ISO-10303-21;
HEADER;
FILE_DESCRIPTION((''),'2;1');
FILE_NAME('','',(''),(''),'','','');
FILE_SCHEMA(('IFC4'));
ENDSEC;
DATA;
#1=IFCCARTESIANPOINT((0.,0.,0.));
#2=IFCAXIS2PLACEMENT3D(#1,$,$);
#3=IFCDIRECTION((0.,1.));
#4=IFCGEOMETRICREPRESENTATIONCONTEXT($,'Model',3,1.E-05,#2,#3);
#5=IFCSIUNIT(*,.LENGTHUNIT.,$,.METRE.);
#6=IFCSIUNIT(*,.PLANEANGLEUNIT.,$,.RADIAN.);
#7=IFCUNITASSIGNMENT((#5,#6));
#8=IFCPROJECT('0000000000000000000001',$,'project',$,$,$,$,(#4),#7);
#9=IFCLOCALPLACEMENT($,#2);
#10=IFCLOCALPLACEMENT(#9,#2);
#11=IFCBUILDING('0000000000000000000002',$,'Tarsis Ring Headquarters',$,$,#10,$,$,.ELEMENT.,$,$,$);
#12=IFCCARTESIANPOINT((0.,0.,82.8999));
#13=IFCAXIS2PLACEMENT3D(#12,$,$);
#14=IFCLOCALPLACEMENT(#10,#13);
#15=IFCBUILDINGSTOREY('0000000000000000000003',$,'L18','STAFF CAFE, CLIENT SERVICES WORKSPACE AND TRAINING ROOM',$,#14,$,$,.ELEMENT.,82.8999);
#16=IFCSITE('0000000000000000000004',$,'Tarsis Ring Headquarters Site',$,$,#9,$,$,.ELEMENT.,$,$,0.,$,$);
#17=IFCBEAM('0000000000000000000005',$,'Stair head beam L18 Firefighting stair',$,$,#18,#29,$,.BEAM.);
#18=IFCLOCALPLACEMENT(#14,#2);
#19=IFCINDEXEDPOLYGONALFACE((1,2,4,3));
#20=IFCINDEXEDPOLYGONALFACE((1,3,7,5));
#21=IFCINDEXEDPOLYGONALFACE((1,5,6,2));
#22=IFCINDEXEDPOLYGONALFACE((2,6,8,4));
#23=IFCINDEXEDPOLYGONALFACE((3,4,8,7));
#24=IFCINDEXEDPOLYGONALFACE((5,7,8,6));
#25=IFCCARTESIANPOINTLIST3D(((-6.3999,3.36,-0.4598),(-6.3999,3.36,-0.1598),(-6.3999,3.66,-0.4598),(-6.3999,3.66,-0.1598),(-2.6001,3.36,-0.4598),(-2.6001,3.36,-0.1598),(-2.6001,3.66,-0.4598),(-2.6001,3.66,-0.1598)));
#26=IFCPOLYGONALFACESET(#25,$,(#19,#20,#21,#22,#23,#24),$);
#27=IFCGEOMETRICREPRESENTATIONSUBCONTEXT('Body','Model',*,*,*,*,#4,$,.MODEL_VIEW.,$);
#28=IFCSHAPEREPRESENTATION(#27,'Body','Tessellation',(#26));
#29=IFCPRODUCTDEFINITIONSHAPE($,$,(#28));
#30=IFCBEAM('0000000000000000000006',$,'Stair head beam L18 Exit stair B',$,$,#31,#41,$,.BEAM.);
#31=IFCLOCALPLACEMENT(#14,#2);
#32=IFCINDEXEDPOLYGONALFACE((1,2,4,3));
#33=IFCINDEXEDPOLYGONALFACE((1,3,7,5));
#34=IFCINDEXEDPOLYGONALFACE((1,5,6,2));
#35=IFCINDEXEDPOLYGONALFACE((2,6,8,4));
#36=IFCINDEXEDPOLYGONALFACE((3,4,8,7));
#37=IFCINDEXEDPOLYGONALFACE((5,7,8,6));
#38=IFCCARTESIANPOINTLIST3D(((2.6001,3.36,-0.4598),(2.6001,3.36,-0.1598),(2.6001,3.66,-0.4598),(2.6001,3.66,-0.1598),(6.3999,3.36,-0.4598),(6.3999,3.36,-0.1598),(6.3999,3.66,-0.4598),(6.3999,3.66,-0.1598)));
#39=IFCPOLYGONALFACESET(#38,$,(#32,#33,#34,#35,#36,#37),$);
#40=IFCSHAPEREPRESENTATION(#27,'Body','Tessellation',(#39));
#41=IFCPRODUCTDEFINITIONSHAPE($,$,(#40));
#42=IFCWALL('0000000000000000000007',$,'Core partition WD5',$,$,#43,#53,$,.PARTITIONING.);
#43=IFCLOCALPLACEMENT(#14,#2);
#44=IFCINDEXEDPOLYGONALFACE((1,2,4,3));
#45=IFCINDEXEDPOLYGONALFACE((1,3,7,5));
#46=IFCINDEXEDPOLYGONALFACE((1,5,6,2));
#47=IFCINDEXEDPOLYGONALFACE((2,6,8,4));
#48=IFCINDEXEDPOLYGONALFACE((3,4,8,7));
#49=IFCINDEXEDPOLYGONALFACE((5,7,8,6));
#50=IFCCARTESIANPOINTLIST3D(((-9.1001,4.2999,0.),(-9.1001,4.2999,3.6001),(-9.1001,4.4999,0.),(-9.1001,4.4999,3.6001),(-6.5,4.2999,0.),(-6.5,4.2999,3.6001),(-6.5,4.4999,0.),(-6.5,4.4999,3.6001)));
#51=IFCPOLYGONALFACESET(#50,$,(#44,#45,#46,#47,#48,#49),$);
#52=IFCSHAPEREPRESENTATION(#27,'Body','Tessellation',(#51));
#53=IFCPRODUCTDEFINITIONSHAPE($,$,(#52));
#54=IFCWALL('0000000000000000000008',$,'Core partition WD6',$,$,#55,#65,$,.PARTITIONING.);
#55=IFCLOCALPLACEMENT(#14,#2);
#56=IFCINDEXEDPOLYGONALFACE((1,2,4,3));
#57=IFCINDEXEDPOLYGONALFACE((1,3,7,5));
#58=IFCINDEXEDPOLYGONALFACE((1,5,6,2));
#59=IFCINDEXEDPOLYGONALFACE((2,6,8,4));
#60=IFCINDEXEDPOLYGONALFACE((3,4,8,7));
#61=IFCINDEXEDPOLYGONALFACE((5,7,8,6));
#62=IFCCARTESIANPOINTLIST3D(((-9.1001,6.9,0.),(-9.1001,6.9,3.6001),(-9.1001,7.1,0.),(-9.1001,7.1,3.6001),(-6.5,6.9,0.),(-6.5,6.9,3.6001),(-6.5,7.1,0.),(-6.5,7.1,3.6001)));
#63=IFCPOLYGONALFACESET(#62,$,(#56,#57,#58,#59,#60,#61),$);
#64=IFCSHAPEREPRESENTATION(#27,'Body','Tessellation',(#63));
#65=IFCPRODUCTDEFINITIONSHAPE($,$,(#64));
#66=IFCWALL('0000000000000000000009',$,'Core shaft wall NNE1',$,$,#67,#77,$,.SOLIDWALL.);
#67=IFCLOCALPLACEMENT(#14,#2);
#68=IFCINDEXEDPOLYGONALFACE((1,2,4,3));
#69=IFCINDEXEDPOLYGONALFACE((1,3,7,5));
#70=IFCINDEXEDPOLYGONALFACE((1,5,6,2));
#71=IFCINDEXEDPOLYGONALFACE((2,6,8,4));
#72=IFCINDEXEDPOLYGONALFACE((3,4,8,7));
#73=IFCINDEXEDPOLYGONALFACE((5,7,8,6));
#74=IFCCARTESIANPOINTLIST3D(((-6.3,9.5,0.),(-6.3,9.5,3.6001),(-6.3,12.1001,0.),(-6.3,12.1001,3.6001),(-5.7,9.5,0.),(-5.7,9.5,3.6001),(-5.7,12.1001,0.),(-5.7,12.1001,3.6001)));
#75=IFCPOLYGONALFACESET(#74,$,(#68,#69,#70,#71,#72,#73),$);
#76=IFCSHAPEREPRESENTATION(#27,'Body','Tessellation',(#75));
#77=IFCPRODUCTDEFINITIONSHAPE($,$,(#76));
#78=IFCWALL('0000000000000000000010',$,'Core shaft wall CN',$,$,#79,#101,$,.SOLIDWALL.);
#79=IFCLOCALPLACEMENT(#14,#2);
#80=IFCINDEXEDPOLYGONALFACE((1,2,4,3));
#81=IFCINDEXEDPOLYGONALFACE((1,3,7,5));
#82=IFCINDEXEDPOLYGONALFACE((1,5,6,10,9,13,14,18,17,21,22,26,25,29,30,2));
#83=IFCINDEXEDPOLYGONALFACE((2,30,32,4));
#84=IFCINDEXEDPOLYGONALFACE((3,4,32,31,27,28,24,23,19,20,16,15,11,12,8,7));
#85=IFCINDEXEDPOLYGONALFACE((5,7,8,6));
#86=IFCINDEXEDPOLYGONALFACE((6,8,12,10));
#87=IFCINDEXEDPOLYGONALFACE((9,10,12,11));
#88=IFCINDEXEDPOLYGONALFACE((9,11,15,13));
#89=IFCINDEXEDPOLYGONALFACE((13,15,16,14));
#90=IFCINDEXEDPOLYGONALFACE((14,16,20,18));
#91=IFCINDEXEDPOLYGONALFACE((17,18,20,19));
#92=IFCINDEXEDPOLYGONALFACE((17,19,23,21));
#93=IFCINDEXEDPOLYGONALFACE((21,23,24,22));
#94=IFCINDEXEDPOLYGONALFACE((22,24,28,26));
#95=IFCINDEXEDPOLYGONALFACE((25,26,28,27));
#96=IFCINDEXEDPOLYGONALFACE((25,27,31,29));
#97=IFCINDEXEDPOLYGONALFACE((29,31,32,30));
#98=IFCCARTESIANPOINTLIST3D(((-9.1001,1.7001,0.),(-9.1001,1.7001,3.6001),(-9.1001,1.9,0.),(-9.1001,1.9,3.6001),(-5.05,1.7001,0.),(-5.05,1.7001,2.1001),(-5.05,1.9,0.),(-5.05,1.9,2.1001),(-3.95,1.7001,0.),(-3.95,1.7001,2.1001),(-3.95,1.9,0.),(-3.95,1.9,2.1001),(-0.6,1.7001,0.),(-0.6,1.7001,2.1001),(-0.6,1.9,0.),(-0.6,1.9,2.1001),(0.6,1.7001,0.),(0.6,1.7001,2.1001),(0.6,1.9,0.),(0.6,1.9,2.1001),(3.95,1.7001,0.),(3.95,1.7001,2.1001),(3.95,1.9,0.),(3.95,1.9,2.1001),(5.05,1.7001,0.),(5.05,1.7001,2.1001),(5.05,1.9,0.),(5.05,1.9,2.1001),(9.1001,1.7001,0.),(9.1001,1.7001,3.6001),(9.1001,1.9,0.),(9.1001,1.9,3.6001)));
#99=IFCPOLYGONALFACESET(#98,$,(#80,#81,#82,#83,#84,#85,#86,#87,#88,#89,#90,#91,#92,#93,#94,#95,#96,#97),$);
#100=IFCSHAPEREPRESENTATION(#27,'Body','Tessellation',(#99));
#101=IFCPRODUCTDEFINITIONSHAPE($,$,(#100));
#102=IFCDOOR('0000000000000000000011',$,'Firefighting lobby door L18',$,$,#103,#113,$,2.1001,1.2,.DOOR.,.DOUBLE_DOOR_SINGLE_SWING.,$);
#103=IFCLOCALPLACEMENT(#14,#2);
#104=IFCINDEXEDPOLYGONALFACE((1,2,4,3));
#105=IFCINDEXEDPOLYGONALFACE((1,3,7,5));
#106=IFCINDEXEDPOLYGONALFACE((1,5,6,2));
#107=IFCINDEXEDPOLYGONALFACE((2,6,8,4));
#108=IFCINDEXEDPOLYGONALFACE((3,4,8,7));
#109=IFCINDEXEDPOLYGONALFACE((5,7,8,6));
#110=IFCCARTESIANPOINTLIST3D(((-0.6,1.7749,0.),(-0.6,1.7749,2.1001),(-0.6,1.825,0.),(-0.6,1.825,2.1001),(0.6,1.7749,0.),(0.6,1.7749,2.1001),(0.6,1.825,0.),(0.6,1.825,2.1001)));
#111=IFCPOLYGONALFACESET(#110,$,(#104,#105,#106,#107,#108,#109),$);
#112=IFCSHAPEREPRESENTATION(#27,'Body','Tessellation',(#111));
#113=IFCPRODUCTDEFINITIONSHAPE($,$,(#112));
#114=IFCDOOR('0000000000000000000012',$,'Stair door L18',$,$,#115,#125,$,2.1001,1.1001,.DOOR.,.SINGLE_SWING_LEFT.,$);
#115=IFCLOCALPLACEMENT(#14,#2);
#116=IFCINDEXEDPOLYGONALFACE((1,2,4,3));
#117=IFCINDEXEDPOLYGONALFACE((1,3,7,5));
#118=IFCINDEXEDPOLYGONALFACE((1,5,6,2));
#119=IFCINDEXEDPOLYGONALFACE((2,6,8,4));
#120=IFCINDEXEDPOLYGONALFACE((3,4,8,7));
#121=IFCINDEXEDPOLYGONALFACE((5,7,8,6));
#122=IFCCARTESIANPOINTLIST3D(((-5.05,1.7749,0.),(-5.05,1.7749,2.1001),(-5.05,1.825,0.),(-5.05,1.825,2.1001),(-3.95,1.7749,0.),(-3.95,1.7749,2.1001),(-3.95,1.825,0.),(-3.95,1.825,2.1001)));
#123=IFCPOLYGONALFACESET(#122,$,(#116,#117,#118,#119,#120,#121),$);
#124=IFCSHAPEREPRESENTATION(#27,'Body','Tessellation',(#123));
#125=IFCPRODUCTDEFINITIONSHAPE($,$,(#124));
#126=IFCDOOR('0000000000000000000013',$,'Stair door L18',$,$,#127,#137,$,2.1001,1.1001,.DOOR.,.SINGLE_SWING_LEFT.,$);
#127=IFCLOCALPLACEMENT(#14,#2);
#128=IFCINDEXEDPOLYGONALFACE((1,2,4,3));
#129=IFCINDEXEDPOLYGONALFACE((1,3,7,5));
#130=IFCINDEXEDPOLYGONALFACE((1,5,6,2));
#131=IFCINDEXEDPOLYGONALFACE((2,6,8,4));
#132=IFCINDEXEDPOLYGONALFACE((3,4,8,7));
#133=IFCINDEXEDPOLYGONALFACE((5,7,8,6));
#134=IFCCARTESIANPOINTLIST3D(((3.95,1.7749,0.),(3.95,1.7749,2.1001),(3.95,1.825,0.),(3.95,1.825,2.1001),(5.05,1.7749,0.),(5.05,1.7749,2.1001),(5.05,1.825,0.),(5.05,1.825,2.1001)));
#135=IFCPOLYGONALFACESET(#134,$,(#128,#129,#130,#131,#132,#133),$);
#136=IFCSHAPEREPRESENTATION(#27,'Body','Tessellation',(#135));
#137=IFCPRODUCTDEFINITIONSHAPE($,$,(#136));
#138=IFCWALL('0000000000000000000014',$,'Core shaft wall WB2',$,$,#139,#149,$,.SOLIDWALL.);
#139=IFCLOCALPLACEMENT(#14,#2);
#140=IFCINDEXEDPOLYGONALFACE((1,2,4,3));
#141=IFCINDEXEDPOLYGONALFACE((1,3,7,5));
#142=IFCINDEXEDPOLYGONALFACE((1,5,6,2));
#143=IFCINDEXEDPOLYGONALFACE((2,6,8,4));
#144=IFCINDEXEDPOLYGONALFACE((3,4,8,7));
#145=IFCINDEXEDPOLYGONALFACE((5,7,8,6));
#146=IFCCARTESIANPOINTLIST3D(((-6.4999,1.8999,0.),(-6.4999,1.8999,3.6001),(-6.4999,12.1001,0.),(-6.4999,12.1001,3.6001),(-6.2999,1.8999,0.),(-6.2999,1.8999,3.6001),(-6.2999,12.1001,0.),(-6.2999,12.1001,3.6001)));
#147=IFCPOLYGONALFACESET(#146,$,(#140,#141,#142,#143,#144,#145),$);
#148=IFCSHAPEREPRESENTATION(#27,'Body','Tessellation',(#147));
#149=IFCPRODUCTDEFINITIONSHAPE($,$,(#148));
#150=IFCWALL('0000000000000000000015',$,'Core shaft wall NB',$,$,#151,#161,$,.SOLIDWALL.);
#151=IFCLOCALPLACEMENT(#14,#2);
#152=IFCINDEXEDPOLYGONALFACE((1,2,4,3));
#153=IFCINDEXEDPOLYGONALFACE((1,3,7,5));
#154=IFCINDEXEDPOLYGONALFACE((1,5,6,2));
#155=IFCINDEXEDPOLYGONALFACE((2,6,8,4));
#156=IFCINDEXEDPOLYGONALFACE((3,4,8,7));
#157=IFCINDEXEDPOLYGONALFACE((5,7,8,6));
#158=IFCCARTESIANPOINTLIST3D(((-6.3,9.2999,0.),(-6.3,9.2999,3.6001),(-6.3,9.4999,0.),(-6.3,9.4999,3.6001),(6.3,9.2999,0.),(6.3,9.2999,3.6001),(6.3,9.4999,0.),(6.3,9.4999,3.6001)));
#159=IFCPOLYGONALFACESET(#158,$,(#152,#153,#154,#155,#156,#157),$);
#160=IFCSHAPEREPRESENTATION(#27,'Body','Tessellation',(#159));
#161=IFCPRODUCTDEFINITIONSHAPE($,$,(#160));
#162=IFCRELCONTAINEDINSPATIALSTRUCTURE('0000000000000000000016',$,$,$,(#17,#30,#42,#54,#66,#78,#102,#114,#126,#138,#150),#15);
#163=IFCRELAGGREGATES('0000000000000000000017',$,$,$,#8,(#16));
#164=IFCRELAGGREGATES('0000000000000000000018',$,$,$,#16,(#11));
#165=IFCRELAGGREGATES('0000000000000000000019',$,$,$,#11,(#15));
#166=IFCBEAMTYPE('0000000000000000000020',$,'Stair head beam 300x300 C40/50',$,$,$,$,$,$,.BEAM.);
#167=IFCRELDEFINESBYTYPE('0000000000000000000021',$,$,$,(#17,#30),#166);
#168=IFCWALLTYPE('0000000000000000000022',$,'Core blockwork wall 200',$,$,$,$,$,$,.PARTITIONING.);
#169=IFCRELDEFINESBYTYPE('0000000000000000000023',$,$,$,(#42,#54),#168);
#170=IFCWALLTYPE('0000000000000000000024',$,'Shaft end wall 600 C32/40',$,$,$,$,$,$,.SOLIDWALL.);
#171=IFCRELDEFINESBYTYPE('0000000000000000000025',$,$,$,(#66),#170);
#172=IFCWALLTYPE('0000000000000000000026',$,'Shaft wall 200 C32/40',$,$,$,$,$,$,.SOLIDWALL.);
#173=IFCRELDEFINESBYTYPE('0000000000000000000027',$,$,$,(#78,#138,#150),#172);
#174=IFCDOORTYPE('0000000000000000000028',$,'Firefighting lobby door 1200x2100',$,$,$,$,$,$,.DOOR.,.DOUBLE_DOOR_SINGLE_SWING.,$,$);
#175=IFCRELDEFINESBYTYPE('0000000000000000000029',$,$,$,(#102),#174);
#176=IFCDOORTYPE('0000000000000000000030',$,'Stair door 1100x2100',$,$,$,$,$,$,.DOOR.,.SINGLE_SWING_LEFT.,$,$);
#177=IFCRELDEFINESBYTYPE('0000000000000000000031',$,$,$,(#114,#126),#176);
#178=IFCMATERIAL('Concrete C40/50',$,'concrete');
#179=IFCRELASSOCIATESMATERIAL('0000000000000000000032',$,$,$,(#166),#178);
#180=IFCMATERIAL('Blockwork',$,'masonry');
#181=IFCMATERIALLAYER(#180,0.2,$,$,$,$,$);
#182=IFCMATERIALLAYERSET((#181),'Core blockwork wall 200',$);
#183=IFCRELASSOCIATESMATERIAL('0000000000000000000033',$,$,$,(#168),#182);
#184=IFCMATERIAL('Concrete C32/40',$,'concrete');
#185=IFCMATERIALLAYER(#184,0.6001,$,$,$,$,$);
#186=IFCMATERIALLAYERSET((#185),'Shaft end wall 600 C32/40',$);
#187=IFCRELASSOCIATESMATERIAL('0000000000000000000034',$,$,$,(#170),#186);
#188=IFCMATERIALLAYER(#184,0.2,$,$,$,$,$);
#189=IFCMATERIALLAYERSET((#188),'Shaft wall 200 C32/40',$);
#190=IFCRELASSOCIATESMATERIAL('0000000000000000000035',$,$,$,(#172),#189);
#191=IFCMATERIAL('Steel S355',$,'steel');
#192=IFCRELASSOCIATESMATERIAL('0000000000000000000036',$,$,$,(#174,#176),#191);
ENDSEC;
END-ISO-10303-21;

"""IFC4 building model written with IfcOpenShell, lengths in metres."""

from ifc_helpers import new_model, si_unit, direction, frame, frame_2d, origin, origin_2d, place, context, subcontext, project, spatial, rectangle, extrude, material, layer, layer_set, material_profile, profile_set, type_object, element, fill, save


model = new_model("IFC4")

# Units and contexts
model_context = context("Model", 3, precision=1e-05, world=origin(), true_north=direction((0.0, 1.0)))
body_context = subcontext(model_context, "Body", "Model", "MODEL_VIEW")
ifc_project = project(units=[si_unit("LENGTHUNIT", "METRE"), si_unit("PLANEANGLEUNIT", "RADIAN")], contexts=[model_context])

# Site, building, storey
site_placement = place(None, origin())
site = spatial("IfcSite", under=ifc_project, at=site_placement, Name="Tarsis Ring Headquarters Site", CompositionType="ELEMENT", RefElevation=0.0)
building_placement = place(site_placement, origin())
building = spatial("IfcBuilding", under=site, at=building_placement, Name="Tarsis Ring Headquarters", CompositionType="ELEMENT")
storey_placement = place(building_placement, frame((0.0, 0.0, 82.8999)))
storey = spatial("IfcBuildingStorey", under=building, at=storey_placement, Name="L18", Description="STAFF CAFE, CLIENT SERVICES WORKSPACE AND TRAINING ROOM", CompositionType="ELEMENT", Elevation=82.8999)

# Beams
ifc_material_1 = material(Name="Concrete C40/50", Category="concrete")
ifc_material_profile = material_profile(ifc_material_1, rectangle(XDim=0.3, YDim=0.3, at=origin_2d()), Name="Stair head beam 300x300 C40/50")
ifc_profile_set = profile_set([ifc_material_profile], Name="Concrete C40/50")
beam_type = type_object("IfcBeamType", Name="Stair head beam 300x300 C40/50", PredefinedType="BEAM", material=ifc_profile_set)
for number, where, z_axis, x_axis, name in (
    (1, (-6.3999, 3.51, -0.3098), (1.0, 0.0, 0.0), (0.0, 1.0, 0.0), "Stair head beam L18 Firefighting stair"),
    (2, (2.6001, 3.51, -0.3098), (1.0, 0.0, 0.0), (0.0, 1.0, 0.0), "Stair head beam L18 Exit stair B"),
):
    element("IfcBeam", number, at=place(storey_placement, frame(where, z_axis=z_axis, x_axis=x_axis)), inside=storey, type_object=beam_type, Name=name, PredefinedType="BEAM", context=body_context, shape_type="SweptSolid", body=[
        extrude(rectangle(XDim=0.3, YDim=0.3, at=origin_2d()), origin(), (0.0, 0.0, 1.0), 3.7998),
    ])

# Walls
ifc_material_2 = material(Name="Blockwork", Category="masonry")
ifc_layer_1 = layer(ifc_material_2, 0.2)
ifc_layer_set_1 = layer_set([ifc_layer_1], Name="Core blockwork wall 200")
wall_type_1 = type_object("IfcWallType", Name="Core blockwork wall 200", PredefinedType="PARTITIONING", material=ifc_layer_set_1)
for number, where, z_axis, x_axis, name in (
    (3, (-9.1001, 4.3999, 0.0), (0.0, 0.0, 1.0), (1.0, 0.0, 0.0), "Core partition WD5"),
    (4, (-9.1001, 7.0, 0.0), (0.0, 0.0, 1.0), (1.0, 0.0, 0.0), "Core partition WD6"),
):
    element("IfcWall", number, at=place(storey_placement, frame(where, z_axis=z_axis, x_axis=x_axis)), inside=storey, type_object=wall_type_1, Name=name, PredefinedType="PARTITIONING", context=body_context, shape_type="SweptSolid", body=[
        extrude(rectangle(XDim=2.6001, YDim=0.2, at=frame_2d((1.3, 0.0))), origin(), (0.0, 0.0, 1.0), 3.6001),
    ])
ifc_material_3 = material(Name="Concrete C32/40", Category="concrete")
ifc_layer_2 = layer(ifc_material_3, 0.6001)
ifc_layer_set_2 = layer_set([ifc_layer_2], Name="Shaft end wall 600 C32/40")
wall_type_2 = type_object("IfcWallType", Name="Shaft end wall 600 C32/40", PredefinedType="SOLIDWALL", material=ifc_layer_set_2)
wall_1_placement = place(storey_placement, frame((-6.0, 9.5, 0.0), z_axis=(0.0, 0.0, 1.0), x_axis=(0.0, 1.0, 0.0)))
element("IfcWall", 5, at=wall_1_placement, inside=storey, type_object=wall_type_2, Name="Core shaft wall NNE1", PredefinedType="SOLIDWALL", context=body_context, shape_type="SweptSolid", body=[
    extrude(rectangle(XDim=2.6001, YDim=0.6001, at=frame_2d((1.3, 0.0))), origin(), (0.0, 0.0, 1.0), 3.6001),
])

# Wall, openings, doors
ifc_layer_3 = layer(ifc_material_3, 0.2)
ifc_layer_set_3 = layer_set([ifc_layer_3], Name="Shaft wall 200 C32/40")
wall_type_3 = type_object("IfcWallType", Name="Shaft wall 200 C32/40", PredefinedType="SOLIDWALL", material=ifc_layer_set_3)
wall_2_placement = place(storey_placement, frame((-9.1001, 1.8, 0.0), z_axis=(0.0, 0.0, 1.0), x_axis=(1.0, 0.0, 0.0)))
wall_2 = element("IfcWall", 6, at=wall_2_placement, inside=storey, type_object=wall_type_3, Name="Core shaft wall CN", PredefinedType="SOLIDWALL", context=body_context, shape_type="SweptSolid", body=[
    extrude(rectangle(XDim=18.2002, YDim=0.2, at=frame_2d((9.1001, 0.0))), origin(), (0.0, 0.0, 1.0), 3.6001),
])
opening_1_placement = place(wall_2_placement, frame((4.05, 0.0, 0.0)))
opening_1 = element("IfcOpeningElement", 7, at=opening_1_placement, cuts=wall_2, PredefinedType="OPENING", context=body_context, shape_type="SweptSolid", body=[
    extrude(rectangle(XDim=1.1001, YDim=2.1001, at=frame_2d((0.55, 1.05))), frame((0.0, 0.1099, 0.0), z_axis=(0.0, -1.0, 0.0), x_axis=(1.0, 0.0, 0.0)), (0.0, 0.0, 1.0), 0.22),
])
opening_2_placement = place(wall_2_placement, frame((8.5, 0.0, 0.0)))
opening_2 = element("IfcOpeningElement", 8, at=opening_2_placement, cuts=wall_2, PredefinedType="OPENING", context=body_context, shape_type="SweptSolid", body=[
    extrude(rectangle(XDim=1.2, YDim=2.1001, at=frame_2d((0.6001, 1.05))), frame((0.0, 0.1099, 0.0), z_axis=(0.0, -1.0, 0.0), x_axis=(1.0, 0.0, 0.0)), (0.0, 0.0, 1.0), 0.22),
])
opening_3_placement = place(wall_2_placement, frame((13.05, 0.0, 0.0)))
opening_3 = element("IfcOpeningElement", 9, at=opening_3_placement, cuts=wall_2, PredefinedType="OPENING", context=body_context, shape_type="SweptSolid", body=[
    extrude(rectangle(XDim=1.1001, YDim=2.1001, at=frame_2d((0.55, 1.05))), frame((0.0, 0.1099, 0.0), z_axis=(0.0, -1.0, 0.0), x_axis=(1.0, 0.0, 0.0)), (0.0, 0.0, 1.0), 0.22),
])
ifc_material_4 = material(Name="Steel S355", Category="steel")
door_type_1 = type_object("IfcDoorType", Name="Firefighting lobby door 1200x2100", OperationType="DOUBLE_DOOR_SINGLE_SWING", PredefinedType="DOOR", material=ifc_material_4)
door_1_placement = place(opening_2_placement, origin())
door_1 = element("IfcDoor", 10, at=door_1_placement, inside=storey, type_object=door_type_1, Name="Firefighting lobby door L18", OperationType="DOUBLE_DOOR_SINGLE_SWING", OverallHeight=2.1001, OverallWidth=1.2, PredefinedType="DOOR", context=body_context, shape_type="SweptSolid", body=[
    extrude(rectangle(XDim=1.2, YDim=2.1001, at=frame_2d((0.6001, 1.05))), frame((0.0, 0.0249, 0.0), z_axis=(0.0, -1.0, 0.0), x_axis=(1.0, 0.0, 0.0)), (0.0, 0.0, 1.0), 0.05),
])
fill(opening_2, door_1)
door_type_2 = type_object("IfcDoorType", Name="Stair door 1100x2100", OperationType="SINGLE_SWING_LEFT", PredefinedType="DOOR", material=ifc_material_4)
door_2_placement = place(opening_1_placement, origin())
door_2 = element("IfcDoor", 11, at=door_2_placement, inside=storey, type_object=door_type_2, Name="Stair door L18", OperationType="SINGLE_SWING_LEFT", OverallHeight=2.1001, OverallWidth=1.1001, PredefinedType="DOOR", context=body_context, shape_type="SweptSolid", body=[
    extrude(rectangle(XDim=1.1001, YDim=2.1001, at=frame_2d((0.55, 1.05))), frame((0.0, 0.0249, 0.0), z_axis=(0.0, -1.0, 0.0), x_axis=(1.0, 0.0, 0.0)), (0.0, 0.0, 1.0), 0.05),
])
fill(opening_1, door_2)
door_3_placement = place(opening_3_placement, origin())
door_3 = element("IfcDoor", 12, at=door_3_placement, inside=storey, type_object=door_type_2, Name="Stair door L18", OperationType="SINGLE_SWING_LEFT", OverallHeight=2.1001, OverallWidth=1.1001, PredefinedType="DOOR", context=body_context, shape_type="SweptSolid", body=[
    extrude(rectangle(XDim=1.1001, YDim=2.1001, at=frame_2d((0.55, 1.05))), frame((0.0, 0.0249, 0.0), z_axis=(0.0, -1.0, 0.0), x_axis=(1.0, 0.0, 0.0)), (0.0, 0.0, 1.0), 0.05),
])
fill(opening_3, door_3)

# Walls
wall_3_placement = place(storey_placement, frame((-6.3999, 1.8999, 0.0), z_axis=(0.0, 0.0, 1.0), x_axis=(0.0, 1.0, 0.0)))
element("IfcWall", 13, at=wall_3_placement, inside=storey, type_object=wall_type_3, Name="Core shaft wall WB2", PredefinedType="SOLIDWALL", context=body_context, shape_type="SweptSolid", body=[
    extrude(rectangle(XDim=10.2002, YDim=0.2, at=frame_2d((5.1001, 0.0))), origin(), (0.0, 0.0, 1.0), 3.6001),
])
wall_4_placement = place(storey_placement, frame((-6.3, 9.3999, 0.0), z_axis=(0.0, 0.0, 1.0), x_axis=(1.0, 0.0, 0.0)))
element("IfcWall", 14, at=wall_4_placement, inside=storey, type_object=wall_type_3, Name="Core shaft wall NB", PredefinedType="SOLIDWALL", context=body_context, shape_type="SweptSolid", body=[
    extrude(rectangle(XDim=12.6001, YDim=0.2, at=frame_2d((6.3, 0.0))), origin(), (0.0, 0.0, 1.0), 3.6001),
])

save(model, "model.ifc")
